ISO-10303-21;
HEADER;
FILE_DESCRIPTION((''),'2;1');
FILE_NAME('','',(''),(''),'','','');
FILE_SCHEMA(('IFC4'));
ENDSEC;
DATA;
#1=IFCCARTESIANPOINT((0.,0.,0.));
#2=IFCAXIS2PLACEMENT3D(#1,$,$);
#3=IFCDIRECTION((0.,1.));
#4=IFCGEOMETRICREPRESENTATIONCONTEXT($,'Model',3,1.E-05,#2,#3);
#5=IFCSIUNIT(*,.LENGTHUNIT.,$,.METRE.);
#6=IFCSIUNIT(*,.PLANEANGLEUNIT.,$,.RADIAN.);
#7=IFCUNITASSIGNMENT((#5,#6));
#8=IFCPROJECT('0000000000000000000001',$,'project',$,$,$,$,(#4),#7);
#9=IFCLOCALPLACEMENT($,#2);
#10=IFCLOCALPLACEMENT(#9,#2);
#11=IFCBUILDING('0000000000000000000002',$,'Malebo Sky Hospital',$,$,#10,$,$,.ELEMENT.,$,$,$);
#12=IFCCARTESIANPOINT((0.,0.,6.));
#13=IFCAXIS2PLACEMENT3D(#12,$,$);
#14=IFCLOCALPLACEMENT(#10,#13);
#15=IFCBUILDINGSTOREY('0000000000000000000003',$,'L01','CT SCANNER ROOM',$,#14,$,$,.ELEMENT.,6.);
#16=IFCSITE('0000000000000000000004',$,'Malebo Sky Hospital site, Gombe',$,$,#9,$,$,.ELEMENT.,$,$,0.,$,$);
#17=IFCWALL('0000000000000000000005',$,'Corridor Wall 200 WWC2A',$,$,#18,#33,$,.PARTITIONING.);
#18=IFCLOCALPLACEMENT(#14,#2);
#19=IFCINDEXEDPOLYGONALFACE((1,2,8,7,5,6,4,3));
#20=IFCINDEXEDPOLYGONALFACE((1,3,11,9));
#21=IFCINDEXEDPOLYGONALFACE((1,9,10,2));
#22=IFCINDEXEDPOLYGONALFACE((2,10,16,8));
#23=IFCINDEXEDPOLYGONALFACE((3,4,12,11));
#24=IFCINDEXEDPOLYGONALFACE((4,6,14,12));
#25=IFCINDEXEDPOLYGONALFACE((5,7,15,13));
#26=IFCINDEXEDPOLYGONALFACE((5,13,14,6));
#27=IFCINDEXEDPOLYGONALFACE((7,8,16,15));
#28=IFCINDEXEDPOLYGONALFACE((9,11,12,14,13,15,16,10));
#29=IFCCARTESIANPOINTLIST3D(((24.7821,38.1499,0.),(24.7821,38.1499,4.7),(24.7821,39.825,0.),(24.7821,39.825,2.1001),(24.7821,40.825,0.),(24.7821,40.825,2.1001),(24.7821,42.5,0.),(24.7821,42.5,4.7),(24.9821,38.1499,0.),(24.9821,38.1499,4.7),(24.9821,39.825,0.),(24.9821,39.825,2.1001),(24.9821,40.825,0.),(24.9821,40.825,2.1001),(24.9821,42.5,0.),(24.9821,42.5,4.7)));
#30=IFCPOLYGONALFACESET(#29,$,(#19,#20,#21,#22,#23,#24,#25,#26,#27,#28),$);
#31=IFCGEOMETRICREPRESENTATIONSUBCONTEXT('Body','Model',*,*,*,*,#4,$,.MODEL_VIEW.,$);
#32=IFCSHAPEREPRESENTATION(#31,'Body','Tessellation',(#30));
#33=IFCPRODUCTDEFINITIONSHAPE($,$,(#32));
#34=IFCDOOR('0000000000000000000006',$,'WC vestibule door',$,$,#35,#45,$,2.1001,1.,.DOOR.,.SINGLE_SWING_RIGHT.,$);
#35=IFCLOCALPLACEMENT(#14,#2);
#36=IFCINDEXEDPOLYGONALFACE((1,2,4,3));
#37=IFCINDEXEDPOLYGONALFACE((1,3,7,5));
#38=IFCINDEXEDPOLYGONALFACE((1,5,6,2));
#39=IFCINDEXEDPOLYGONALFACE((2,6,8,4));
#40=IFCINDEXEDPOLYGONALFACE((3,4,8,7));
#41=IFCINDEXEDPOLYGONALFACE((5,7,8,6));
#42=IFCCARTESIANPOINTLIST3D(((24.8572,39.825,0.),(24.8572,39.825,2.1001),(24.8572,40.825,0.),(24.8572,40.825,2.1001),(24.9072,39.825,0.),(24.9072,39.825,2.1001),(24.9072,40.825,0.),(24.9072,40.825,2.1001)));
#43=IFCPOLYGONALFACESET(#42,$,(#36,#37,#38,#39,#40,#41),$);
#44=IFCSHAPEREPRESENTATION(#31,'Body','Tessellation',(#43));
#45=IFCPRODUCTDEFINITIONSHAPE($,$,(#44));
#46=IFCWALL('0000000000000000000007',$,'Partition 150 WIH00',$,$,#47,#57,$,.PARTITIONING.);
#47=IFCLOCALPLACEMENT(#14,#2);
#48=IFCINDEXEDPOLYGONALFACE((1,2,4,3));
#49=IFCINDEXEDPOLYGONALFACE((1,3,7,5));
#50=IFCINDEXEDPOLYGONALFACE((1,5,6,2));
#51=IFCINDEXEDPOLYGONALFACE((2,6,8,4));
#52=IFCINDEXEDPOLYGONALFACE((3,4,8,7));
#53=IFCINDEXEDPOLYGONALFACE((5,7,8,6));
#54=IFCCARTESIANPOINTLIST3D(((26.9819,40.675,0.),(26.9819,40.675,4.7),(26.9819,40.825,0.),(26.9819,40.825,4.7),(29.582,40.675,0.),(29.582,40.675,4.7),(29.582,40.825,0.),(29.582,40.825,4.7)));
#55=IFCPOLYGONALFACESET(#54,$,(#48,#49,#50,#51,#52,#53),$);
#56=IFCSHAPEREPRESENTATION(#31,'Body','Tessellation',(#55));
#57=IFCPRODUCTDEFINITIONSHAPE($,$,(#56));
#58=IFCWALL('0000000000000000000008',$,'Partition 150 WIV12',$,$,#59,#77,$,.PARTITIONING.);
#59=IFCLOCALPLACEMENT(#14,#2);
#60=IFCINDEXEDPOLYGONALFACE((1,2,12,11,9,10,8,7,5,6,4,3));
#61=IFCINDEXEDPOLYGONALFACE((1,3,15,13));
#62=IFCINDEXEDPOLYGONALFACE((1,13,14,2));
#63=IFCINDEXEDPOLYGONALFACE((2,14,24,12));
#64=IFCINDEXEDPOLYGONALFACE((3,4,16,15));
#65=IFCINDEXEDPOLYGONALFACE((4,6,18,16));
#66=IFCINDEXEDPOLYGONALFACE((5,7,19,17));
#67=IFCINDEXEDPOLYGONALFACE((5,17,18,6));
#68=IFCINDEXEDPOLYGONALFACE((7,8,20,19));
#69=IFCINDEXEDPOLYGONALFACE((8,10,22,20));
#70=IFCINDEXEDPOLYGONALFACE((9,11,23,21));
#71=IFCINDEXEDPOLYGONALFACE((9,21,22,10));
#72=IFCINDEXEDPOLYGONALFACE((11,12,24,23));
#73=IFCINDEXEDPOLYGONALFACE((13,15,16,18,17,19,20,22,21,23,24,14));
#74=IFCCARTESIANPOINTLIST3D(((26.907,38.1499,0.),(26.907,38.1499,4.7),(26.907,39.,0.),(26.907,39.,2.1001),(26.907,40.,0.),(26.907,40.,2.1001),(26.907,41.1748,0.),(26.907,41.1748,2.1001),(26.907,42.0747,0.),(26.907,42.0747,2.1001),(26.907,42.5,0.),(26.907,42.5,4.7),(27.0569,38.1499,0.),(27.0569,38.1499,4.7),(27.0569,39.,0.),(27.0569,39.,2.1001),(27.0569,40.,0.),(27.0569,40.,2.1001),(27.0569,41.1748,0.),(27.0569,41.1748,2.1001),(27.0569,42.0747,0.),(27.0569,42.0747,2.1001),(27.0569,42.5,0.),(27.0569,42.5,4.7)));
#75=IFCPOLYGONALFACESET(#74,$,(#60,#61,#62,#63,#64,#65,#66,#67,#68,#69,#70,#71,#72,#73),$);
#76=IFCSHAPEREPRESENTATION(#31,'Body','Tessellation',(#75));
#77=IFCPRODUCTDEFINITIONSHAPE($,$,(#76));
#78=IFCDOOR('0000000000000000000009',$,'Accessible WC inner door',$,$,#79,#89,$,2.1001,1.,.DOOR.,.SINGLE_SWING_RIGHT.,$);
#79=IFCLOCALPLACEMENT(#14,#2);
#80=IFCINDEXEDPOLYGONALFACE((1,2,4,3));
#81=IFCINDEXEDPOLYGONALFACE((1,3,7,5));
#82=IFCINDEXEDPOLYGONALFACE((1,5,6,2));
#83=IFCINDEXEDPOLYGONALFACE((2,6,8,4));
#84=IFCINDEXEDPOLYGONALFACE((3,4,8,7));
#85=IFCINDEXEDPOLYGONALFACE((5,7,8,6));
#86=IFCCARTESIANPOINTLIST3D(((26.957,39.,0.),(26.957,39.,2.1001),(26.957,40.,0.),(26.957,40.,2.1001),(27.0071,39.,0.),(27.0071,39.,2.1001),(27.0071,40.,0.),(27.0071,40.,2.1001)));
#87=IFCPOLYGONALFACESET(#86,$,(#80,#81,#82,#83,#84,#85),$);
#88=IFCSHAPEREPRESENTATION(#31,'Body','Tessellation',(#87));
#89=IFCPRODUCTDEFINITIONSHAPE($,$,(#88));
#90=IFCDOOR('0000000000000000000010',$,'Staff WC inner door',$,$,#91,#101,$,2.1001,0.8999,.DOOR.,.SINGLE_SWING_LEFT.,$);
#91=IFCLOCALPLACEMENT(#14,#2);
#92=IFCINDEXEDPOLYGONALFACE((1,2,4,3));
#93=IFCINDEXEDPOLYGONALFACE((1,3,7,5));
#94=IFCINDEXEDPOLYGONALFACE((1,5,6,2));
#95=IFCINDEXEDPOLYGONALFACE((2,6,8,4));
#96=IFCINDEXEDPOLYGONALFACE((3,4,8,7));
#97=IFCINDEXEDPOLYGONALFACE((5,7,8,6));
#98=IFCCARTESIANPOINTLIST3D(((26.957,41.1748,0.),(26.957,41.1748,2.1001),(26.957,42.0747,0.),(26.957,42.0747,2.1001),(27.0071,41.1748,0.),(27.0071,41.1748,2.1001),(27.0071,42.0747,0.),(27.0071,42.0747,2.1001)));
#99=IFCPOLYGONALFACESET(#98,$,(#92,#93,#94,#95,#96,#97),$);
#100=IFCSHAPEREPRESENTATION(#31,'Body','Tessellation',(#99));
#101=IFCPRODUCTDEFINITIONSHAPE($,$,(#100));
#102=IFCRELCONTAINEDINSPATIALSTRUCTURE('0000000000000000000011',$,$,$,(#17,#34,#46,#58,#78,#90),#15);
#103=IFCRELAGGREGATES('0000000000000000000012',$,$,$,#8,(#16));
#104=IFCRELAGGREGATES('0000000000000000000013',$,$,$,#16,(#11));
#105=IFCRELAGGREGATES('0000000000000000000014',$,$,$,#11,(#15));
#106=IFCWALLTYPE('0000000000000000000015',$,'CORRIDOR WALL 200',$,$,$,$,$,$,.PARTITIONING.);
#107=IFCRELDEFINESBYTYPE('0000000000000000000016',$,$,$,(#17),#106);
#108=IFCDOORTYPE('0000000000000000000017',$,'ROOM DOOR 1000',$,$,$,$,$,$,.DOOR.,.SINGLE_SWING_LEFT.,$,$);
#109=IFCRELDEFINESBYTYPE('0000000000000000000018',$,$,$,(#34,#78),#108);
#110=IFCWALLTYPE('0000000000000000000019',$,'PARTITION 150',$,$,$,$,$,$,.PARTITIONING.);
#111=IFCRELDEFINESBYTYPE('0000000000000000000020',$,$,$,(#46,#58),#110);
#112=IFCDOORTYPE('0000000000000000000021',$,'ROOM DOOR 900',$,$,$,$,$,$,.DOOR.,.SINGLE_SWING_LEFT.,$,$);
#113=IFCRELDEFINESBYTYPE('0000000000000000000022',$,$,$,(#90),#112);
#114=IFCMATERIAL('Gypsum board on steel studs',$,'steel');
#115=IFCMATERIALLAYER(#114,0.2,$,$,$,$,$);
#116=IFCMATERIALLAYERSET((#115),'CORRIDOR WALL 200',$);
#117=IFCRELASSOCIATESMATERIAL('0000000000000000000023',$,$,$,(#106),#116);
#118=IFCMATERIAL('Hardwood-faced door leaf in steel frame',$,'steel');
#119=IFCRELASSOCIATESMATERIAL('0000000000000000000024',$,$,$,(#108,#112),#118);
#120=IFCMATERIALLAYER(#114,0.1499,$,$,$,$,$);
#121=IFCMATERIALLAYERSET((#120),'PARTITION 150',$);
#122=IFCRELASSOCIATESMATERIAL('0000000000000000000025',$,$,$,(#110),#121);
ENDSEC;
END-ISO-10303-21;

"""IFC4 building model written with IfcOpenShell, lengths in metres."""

from ifc_helpers import new_model, si_unit, direction, frame, frame_2d, origin, place, context, subcontext, project, spatial, rectangle, extrude, material, layer, layer_set, type_object, element, fill, save


model = new_model("IFC4")

# Units and contexts
model_context = context("Model", 3, precision=1e-05, world=origin(), true_north=direction((0.0, 1.0)))
body_context = subcontext(model_context, "Body", "Model", "MODEL_VIEW")
ifc_project = project(units=[si_unit("LENGTHUNIT", "METRE"), si_unit("PLANEANGLEUNIT", "RADIAN")], contexts=[model_context])

# Site, building, storey
site_placement = place(None, origin())
site = spatial("IfcSite", under=ifc_project, at=site_placement, Name="Malebo Sky Hospital site, Gombe", CompositionType="ELEMENT", RefElevation=0.0)
building_placement = place(site_placement, origin())
building = spatial("IfcBuilding", under=site, at=building_placement, Name="Malebo Sky Hospital", CompositionType="ELEMENT")
storey_placement = place(building_placement, frame((0.0, 0.0, 6.0)))
storey = spatial("IfcBuildingStorey", under=building, at=storey_placement, Name="L01", Description="CT SCANNER ROOM", CompositionType="ELEMENT", Elevation=6.0)

# Wall, opening, door
ifc_material_1 = material(Name="Gypsum board on steel studs", Category="steel")
ifc_layer_1 = layer(ifc_material_1, 0.2)
ifc_layer_set_1 = layer_set([ifc_layer_1], Name="CORRIDOR WALL 200")
wall_type_1 = type_object("IfcWallType", Name="CORRIDOR WALL 200", PredefinedType="PARTITIONING", material=ifc_layer_set_1)
wall_1_placement = place(storey_placement, frame((24.8821, 38.1499, 0.0), z_axis=(0.0, 0.0, 1.0), x_axis=(0.0, 1.0, 0.0)))
wall_1 = element("IfcWall", 1, at=wall_1_placement, inside=storey, type_object=wall_type_1, Name="Corridor Wall 200 WWC2A", PredefinedType="PARTITIONING", context=body_context, shape_type="SweptSolid", body=[
    extrude(rectangle(XDim=4.3501, YDim=0.2, at=frame_2d((2.175, 0.0))), origin(), (0.0, 0.0, 1.0), 4.7),
])
opening_1_placement = place(wall_1_placement, frame((1.675, 0.0, 0.0)))
opening_1 = element("IfcOpeningElement", 2, at=opening_1_placement, cuts=wall_1, PredefinedType="OPENING", context=body_context, shape_type="SweptSolid", body=[
    extrude(rectangle(XDim=1.0, YDim=2.1001, at=frame_2d((0.5, 1.05))), frame((0.0, 0.1099, 0.0), z_axis=(0.0, -1.0, 0.0), x_axis=(1.0, 0.0, 0.0)), (0.0, 0.0, 1.0), 0.22),
])
ifc_material_2 = material(Name="Hardwood-faced door leaf in steel frame", Category="steel")
door_type_1 = type_object("IfcDoorType", Name="ROOM DOOR 1000", OperationType="SINGLE_SWING_LEFT", PredefinedType="DOOR", material=ifc_material_2)
door_1_placement = place(opening_1_placement, origin())
door_1 = element("IfcDoor", 3, at=door_1_placement, inside=storey, type_object=door_type_1, Name="WC vestibule door", OperationType="SINGLE_SWING_RIGHT", OverallHeight=2.1001, OverallWidth=1.0, PredefinedType="DOOR", context=body_context, shape_type="SweptSolid", body=[
    extrude(rectangle(XDim=1.0, YDim=2.1001, at=frame_2d((0.5, 1.05))), frame((0.0, 0.0249, 0.0), z_axis=(0.0, -1.0, 0.0), x_axis=(1.0, 0.0, 0.0)), (0.0, 0.0, 1.0), 0.05),
])
fill(opening_1, door_1)

# Wall
ifc_layer_2 = layer(ifc_material_1, 0.1499)
ifc_layer_set_2 = layer_set([ifc_layer_2], Name="PARTITION 150")
wall_type_2 = type_object("IfcWallType", Name="PARTITION 150", PredefinedType="PARTITIONING", material=ifc_layer_set_2)
wall_2_placement = place(storey_placement, frame((26.9819, 40.75, 0.0), z_axis=(0.0, 0.0, 1.0), x_axis=(1.0, 0.0, 0.0)))
element("IfcWall", 4, at=wall_2_placement, inside=storey, type_object=wall_type_2, Name="Partition 150 WIH00", PredefinedType="PARTITIONING", context=body_context, shape_type="SweptSolid", body=[
    extrude(rectangle(XDim=2.6001, YDim=0.1499, at=frame_2d((1.3, 0.0))), origin(), (0.0, 0.0, 1.0), 4.7),
])

# Wall, openings, doors
wall_3_placement = place(storey_placement, frame((26.9819, 38.1499, 0.0), z_axis=(0.0, 0.0, 1.0), x_axis=(0.0, 1.0, 0.0)))
wall_3 = element("IfcWall", 5, at=wall_3_placement, inside=storey, type_object=wall_type_2, Name="Partition 150 WIV12", PredefinedType="PARTITIONING", context=body_context, shape_type="SweptSolid", body=[
    extrude(rectangle(XDim=4.3501, YDim=0.1499, at=frame_2d((2.175, 0.0))), origin(), (0.0, 0.0, 1.0), 4.7),
])
opening_2_placement = place(wall_3_placement, frame((0.8501, 0.0, 0.0)))
opening_2 = element("IfcOpeningElement", 6, at=opening_2_placement, cuts=wall_3, PredefinedType="OPENING", context=body_context, shape_type="SweptSolid", body=[
    extrude(rectangle(XDim=1.0, YDim=2.1001, at=frame_2d((0.5, 1.05))), frame((0.0, 0.085, 0.0), z_axis=(0.0, -1.0, 0.0), x_axis=(1.0, 0.0, 0.0)), (0.0, 0.0, 1.0), 0.1699),
])
opening_3_placement = place(wall_3_placement, frame((3.0249, 0.0, 0.0)))
opening_3 = element("IfcOpeningElement", 7, at=opening_3_placement, cuts=wall_3, PredefinedType="OPENING", context=body_context, shape_type="SweptSolid", body=[
    extrude(rectangle(XDim=0.8999, YDim=2.1001, at=frame_2d((0.45, 1.05))), frame((0.0, 0.085, 0.0), z_axis=(0.0, -1.0, 0.0), x_axis=(1.0, 0.0, 0.0)), (0.0, 0.0, 1.0), 0.1699),
])
door_2_placement = place(opening_2_placement, origin())
door_2 = element("IfcDoor", 8, at=door_2_placement, inside=storey, type_object=door_type_1, Name="Accessible WC inner door", OperationType="SINGLE_SWING_RIGHT", OverallHeight=2.1001, OverallWidth=1.0, PredefinedType="DOOR", context=body_context, shape_type="SweptSolid", body=[
    extrude(rectangle(XDim=1.0, YDim=2.1001, at=frame_2d((0.5, 1.05))), frame((0.0, 0.0249, 0.0), z_axis=(0.0, -1.0, 0.0), x_axis=(1.0, 0.0, 0.0)), (0.0, 0.0, 1.0), 0.05),
])
fill(opening_2, door_2)
door_type_2 = type_object("IfcDoorType", Name="ROOM DOOR 900", OperationType="SINGLE_SWING_LEFT", PredefinedType="DOOR", material=ifc_material_2)
door_3_placement = place(opening_3_placement, origin())
door_3 = element("IfcDoor", 9, at=door_3_placement, inside=storey, type_object=door_type_2, Name="Staff WC inner door", OperationType="SINGLE_SWING_LEFT", OverallHeight=2.1001, OverallWidth=0.8999, PredefinedType="DOOR", context=body_context, shape_type="SweptSolid", body=[
    extrude(rectangle(XDim=0.8999, YDim=2.1001, at=frame_2d((0.45, 1.05))), frame((0.0, 0.0249, 0.0), z_axis=(0.0, -1.0, 0.0), x_axis=(1.0, 0.0, 0.0)), (0.0, 0.0, 1.0), 0.05),
])
fill(opening_3, door_3)

save(model, "model.ifc")
